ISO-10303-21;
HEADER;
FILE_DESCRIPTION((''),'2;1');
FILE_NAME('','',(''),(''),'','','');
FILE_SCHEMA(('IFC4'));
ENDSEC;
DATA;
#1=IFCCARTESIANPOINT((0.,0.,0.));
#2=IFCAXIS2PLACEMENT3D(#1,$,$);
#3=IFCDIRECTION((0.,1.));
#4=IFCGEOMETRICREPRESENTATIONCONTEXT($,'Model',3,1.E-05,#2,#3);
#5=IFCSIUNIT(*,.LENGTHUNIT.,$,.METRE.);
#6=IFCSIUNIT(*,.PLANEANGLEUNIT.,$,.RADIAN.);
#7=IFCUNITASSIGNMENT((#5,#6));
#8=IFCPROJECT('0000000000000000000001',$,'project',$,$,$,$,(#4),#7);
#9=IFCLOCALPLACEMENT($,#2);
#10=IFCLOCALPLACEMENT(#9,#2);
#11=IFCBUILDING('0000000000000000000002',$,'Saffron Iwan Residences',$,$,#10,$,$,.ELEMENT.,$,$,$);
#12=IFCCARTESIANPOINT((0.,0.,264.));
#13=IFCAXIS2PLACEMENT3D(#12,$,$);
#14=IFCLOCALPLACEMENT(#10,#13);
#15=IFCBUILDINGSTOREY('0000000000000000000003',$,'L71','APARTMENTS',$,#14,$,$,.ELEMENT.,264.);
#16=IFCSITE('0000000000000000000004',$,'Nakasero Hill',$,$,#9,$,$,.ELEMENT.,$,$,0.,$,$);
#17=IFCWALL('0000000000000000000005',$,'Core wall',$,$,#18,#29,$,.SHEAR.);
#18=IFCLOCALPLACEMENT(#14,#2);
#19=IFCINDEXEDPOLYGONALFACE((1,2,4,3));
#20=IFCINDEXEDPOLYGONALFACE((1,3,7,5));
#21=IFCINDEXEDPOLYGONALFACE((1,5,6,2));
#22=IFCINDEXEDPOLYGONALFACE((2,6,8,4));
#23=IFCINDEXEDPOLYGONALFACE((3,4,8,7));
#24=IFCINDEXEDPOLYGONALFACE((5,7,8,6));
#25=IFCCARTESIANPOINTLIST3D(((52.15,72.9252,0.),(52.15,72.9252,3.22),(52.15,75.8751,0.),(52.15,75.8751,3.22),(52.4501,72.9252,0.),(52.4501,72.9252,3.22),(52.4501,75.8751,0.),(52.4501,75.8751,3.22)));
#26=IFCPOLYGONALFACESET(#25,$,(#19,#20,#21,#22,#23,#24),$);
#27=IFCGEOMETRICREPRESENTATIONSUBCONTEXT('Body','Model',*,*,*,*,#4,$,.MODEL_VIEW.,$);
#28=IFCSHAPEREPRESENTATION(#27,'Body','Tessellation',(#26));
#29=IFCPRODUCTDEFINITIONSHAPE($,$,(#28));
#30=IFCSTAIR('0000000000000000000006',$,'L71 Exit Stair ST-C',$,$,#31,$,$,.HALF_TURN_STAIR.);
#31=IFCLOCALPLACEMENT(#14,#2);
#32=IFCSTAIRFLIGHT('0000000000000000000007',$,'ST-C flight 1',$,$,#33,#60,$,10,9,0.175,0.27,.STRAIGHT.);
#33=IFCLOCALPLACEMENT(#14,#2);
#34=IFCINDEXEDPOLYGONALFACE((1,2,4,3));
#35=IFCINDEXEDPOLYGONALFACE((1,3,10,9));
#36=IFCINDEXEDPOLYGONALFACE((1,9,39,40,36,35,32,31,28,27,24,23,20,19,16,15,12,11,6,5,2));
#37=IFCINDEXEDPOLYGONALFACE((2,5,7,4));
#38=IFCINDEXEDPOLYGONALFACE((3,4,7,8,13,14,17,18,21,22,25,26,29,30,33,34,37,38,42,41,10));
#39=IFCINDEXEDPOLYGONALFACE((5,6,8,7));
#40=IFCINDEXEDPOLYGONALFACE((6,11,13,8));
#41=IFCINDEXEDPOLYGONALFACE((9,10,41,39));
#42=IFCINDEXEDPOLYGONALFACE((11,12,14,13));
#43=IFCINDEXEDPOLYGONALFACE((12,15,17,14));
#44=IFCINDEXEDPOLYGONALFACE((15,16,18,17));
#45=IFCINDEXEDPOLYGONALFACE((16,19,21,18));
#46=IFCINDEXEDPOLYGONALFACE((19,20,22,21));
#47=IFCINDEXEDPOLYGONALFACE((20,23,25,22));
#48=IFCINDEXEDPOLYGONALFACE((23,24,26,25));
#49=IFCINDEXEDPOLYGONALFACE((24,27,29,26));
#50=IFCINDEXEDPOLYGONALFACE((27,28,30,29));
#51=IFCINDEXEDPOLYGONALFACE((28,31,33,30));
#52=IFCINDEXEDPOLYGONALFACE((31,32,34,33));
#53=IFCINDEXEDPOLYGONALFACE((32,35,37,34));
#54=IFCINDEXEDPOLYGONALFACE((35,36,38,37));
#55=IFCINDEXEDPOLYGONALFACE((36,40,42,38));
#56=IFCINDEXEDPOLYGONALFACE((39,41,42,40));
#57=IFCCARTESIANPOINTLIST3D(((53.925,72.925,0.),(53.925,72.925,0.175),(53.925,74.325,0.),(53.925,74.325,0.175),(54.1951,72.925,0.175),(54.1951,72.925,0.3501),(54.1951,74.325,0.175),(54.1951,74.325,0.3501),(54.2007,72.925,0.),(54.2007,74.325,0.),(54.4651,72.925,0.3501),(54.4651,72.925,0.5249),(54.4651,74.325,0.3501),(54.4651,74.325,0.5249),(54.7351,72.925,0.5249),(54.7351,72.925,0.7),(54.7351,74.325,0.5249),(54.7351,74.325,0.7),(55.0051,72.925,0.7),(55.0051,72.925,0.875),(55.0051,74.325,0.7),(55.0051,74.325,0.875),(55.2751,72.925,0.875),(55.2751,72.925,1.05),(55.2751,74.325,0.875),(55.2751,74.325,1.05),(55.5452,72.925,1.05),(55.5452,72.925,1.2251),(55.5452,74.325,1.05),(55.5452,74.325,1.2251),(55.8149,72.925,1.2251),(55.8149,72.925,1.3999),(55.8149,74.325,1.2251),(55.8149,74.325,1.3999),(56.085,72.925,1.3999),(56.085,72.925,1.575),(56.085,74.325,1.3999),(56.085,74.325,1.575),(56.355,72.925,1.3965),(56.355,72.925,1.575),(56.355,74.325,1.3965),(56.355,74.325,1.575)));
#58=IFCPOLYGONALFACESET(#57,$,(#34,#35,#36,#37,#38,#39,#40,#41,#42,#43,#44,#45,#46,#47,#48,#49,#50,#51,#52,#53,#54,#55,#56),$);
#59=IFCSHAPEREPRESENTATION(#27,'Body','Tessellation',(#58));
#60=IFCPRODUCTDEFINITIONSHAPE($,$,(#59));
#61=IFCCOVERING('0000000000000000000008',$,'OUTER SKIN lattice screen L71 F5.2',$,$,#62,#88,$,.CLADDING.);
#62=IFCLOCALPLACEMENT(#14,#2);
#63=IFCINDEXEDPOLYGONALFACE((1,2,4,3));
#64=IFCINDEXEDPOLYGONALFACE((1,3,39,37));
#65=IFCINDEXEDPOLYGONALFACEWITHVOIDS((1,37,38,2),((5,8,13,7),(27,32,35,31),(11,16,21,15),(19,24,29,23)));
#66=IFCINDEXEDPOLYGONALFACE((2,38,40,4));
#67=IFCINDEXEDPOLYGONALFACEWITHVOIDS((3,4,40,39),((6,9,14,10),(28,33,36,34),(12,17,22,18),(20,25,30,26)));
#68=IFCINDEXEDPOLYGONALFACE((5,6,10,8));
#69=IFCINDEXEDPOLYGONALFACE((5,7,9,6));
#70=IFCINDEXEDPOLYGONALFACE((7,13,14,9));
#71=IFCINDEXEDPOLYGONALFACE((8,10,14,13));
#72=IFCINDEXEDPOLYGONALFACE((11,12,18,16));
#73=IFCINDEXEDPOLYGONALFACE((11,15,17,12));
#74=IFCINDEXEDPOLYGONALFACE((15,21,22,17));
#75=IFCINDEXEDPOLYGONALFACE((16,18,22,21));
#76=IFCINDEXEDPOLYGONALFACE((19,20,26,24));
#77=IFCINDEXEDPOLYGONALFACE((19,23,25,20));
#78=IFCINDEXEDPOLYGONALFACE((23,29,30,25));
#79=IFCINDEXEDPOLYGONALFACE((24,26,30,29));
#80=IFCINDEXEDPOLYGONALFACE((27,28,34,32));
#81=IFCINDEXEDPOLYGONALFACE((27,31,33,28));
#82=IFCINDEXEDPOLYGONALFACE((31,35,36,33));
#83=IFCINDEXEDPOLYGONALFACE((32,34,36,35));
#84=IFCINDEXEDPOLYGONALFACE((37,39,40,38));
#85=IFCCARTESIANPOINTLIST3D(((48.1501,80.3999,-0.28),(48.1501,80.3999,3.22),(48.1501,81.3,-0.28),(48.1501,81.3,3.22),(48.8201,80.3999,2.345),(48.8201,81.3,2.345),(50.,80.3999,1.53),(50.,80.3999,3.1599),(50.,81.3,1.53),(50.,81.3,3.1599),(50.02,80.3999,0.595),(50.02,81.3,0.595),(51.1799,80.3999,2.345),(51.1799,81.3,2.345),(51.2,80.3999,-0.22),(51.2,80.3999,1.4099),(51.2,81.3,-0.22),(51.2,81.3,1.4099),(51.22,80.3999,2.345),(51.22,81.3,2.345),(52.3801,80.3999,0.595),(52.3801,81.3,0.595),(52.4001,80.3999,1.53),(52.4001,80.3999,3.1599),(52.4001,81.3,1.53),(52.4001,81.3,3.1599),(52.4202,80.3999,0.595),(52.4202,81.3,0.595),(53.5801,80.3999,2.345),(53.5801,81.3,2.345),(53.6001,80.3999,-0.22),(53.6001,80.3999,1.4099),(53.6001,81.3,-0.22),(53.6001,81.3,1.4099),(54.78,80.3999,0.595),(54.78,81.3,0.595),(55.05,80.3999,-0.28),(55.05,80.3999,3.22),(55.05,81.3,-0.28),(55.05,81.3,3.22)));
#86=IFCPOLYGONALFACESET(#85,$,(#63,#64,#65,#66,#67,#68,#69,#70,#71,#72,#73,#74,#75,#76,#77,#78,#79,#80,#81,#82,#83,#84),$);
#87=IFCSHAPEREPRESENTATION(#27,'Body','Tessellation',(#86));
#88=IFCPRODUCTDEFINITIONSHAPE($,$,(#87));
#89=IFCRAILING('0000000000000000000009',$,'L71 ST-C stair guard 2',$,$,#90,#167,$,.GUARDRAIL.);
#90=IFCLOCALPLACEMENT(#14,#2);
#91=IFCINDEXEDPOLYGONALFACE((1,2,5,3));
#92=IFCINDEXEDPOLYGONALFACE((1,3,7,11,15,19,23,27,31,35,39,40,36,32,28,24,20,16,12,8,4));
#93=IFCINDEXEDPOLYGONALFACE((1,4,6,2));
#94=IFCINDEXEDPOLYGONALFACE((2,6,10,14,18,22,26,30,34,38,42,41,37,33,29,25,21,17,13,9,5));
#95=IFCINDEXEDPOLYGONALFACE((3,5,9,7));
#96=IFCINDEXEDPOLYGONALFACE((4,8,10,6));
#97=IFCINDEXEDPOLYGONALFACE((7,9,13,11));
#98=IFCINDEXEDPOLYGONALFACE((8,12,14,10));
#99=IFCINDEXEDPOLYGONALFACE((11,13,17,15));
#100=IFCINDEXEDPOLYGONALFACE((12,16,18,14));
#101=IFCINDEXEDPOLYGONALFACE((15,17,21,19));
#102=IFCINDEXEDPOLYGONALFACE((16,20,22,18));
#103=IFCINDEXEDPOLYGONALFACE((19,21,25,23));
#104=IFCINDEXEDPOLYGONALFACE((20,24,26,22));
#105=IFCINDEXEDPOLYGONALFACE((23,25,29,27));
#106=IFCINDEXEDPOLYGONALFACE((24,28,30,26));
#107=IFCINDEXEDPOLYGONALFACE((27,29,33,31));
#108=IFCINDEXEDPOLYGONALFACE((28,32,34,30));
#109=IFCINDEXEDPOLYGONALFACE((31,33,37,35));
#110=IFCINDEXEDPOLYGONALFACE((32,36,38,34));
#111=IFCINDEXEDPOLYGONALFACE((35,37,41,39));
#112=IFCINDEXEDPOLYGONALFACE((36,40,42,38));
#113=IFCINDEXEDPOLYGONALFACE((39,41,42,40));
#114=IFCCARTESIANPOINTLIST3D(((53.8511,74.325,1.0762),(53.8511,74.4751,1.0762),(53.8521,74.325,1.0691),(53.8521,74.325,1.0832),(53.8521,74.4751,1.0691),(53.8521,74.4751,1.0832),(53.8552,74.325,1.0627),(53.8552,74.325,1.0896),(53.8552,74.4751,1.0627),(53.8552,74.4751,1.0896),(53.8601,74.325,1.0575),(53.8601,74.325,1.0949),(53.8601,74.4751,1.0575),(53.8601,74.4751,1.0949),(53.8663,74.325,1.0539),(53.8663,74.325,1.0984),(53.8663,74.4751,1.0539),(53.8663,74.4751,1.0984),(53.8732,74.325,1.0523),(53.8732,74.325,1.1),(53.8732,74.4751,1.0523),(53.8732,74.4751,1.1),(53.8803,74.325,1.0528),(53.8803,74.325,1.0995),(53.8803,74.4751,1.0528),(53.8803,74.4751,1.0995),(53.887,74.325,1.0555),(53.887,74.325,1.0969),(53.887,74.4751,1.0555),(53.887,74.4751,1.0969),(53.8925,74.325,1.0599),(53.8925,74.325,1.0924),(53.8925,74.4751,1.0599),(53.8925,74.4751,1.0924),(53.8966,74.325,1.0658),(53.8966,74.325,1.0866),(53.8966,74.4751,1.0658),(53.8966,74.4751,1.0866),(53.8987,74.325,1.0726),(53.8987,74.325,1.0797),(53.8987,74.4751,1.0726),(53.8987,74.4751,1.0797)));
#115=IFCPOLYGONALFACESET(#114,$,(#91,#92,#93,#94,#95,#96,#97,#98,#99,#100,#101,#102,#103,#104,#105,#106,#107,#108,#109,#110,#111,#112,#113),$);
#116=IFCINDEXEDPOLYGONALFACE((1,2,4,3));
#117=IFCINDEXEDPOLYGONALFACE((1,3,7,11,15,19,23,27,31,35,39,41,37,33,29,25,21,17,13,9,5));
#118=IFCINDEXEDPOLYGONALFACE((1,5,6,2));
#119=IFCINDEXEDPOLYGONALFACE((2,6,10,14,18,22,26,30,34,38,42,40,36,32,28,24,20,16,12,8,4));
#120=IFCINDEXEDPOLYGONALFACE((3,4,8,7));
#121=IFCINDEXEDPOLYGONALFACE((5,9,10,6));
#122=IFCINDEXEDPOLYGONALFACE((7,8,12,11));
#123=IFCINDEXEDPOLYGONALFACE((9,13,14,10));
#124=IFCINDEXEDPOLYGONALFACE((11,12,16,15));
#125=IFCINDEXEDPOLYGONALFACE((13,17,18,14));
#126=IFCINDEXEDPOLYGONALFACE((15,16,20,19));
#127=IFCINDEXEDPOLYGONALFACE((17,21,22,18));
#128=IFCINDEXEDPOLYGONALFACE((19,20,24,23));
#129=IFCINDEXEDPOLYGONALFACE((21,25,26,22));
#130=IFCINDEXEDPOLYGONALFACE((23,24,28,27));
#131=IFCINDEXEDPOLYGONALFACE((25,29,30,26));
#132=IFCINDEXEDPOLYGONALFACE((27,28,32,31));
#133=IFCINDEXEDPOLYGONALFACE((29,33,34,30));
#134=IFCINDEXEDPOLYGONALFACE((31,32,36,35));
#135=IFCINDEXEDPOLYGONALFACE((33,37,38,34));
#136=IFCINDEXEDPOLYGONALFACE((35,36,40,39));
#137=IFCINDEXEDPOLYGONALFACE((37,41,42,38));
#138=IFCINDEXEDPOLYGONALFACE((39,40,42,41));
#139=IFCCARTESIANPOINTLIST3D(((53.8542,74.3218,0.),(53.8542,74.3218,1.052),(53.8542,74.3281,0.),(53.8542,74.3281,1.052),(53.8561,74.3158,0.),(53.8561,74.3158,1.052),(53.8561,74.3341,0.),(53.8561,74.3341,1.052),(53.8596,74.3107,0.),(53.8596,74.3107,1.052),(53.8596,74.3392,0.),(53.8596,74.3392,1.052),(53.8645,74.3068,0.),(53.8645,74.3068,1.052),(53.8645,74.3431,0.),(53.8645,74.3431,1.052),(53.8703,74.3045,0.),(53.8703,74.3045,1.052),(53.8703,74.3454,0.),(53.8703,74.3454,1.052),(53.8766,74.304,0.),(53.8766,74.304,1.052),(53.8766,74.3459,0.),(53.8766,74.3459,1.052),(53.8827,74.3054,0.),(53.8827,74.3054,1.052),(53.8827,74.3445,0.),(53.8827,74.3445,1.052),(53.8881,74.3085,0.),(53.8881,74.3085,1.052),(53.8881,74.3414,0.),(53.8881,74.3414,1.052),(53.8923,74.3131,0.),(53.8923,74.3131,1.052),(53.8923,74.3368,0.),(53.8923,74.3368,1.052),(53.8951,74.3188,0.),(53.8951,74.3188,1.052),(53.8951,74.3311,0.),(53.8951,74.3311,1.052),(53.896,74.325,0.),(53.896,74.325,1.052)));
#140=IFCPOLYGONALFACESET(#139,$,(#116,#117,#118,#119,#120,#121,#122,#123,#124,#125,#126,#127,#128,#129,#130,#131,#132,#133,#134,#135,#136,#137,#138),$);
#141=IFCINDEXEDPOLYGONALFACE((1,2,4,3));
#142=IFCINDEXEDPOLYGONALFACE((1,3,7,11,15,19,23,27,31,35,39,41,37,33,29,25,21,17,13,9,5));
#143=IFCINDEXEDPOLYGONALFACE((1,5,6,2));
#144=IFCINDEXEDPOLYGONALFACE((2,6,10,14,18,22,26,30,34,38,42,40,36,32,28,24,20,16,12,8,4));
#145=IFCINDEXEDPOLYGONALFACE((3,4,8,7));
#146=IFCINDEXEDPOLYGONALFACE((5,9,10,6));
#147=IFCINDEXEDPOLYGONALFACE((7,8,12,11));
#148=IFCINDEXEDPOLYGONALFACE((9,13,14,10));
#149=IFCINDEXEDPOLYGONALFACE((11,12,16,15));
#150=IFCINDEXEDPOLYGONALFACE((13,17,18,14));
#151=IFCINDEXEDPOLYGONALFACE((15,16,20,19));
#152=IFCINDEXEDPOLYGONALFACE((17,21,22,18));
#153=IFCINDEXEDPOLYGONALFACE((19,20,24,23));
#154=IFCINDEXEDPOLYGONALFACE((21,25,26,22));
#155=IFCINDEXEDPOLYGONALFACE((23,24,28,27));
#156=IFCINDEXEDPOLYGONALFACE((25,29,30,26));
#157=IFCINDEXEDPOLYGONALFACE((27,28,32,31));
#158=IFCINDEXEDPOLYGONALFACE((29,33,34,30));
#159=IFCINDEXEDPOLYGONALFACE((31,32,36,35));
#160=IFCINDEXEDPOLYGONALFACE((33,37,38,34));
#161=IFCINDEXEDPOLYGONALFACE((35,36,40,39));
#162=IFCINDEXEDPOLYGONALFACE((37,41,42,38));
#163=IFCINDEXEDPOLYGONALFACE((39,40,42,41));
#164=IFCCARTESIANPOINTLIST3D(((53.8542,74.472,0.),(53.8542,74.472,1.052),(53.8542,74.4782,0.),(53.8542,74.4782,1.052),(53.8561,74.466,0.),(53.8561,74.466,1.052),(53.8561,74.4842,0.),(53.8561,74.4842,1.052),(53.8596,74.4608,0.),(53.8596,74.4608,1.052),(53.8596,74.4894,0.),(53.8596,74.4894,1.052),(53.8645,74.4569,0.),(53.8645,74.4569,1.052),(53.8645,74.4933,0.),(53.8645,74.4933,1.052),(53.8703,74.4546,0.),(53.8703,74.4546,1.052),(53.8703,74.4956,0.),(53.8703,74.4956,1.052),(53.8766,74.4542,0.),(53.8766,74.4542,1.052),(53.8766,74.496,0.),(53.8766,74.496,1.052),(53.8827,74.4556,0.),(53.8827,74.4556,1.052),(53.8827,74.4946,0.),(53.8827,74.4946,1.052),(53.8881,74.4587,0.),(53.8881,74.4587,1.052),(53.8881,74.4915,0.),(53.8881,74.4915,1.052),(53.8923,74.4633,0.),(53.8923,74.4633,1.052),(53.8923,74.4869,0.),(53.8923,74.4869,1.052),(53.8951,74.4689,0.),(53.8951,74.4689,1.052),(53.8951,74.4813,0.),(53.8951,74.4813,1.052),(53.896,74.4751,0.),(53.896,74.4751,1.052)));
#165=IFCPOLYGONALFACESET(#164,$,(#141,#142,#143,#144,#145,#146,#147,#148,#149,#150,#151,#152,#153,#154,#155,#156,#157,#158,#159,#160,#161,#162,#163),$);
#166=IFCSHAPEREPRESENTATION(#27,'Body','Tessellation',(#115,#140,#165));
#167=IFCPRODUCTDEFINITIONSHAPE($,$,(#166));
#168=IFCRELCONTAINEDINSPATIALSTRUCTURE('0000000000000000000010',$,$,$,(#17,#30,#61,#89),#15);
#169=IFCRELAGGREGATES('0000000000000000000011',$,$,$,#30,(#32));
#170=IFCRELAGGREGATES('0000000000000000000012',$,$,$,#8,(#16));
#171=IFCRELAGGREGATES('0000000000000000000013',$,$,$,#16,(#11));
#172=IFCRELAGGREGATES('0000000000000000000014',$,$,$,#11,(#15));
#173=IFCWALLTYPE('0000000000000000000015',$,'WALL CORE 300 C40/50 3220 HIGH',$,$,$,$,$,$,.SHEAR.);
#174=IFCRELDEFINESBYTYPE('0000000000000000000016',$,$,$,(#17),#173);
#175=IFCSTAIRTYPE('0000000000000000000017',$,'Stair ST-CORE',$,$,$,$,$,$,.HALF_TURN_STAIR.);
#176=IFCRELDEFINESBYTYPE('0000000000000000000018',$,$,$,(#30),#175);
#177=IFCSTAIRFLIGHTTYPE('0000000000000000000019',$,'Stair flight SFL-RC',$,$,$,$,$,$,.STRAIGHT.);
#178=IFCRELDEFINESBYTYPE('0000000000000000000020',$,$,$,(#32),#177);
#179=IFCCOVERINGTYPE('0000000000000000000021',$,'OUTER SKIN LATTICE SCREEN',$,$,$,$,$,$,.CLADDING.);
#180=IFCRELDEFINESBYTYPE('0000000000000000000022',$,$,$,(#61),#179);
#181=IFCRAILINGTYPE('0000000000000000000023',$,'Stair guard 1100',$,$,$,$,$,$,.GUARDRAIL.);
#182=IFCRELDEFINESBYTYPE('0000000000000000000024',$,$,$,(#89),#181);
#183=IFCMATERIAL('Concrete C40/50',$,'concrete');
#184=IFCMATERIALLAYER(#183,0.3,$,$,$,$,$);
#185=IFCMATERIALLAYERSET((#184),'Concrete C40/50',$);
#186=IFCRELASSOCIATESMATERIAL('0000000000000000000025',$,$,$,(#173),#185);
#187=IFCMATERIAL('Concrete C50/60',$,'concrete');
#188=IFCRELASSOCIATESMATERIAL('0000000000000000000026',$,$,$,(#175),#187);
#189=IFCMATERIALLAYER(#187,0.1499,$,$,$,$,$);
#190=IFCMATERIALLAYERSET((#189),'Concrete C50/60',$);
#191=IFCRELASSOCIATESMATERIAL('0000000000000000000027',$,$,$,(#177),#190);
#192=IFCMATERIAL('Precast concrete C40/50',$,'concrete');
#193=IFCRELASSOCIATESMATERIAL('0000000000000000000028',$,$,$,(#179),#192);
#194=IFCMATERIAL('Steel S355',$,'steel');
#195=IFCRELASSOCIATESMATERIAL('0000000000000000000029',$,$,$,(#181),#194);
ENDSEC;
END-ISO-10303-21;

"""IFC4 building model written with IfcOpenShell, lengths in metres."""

from ifc_helpers import new_model, si_unit, direction, frame, frame_2d, origin, origin_2d, place, context, subcontext, project, spatial, polyline, rectangle, circle, outline, extrude, material, layer, layer_set, type_object, element, aggregate, save


model = new_model("IFC4")

# Units and contexts
model_context = context("Model", 3, precision=1e-05, world=origin(), true_north=direction((0.0, 1.0)))
body_context = subcontext(model_context, "Body", "Model", "MODEL_VIEW")
ifc_project = project(units=[si_unit("LENGTHUNIT", "METRE"), si_unit("PLANEANGLEUNIT", "RADIAN")], contexts=[model_context])

# Site, building, storey
site_placement = place(None, origin())
site = spatial("IfcSite", under=ifc_project, at=site_placement, Name="Nakasero Hill", CompositionType="ELEMENT", RefElevation=0.0)
building_placement = place(site_placement, origin())
building = spatial("IfcBuilding", under=site, at=building_placement, Name="Saffron Iwan Residences", CompositionType="ELEMENT")
storey_placement = place(building_placement, frame((0.0, 0.0, 264.0)))
storey = spatial("IfcBuildingStorey", under=building, at=storey_placement, Name="L71", Description="APARTMENTS", CompositionType="ELEMENT", Elevation=264.0)

# Shared definitions
ifc_material_1 = material(Name="Concrete C40/50", Category="concrete")

# Wall
ifc_layer_1 = layer(ifc_material_1, 0.3)
ifc_layer_set_1 = layer_set([ifc_layer_1], Name="Concrete C40/50")
wall_type_1 = type_object("IfcWallType", Name="WALL CORE 300 C40/50 3220 HIGH", PredefinedType="SHEAR", material=ifc_layer_set_1)
for number, where, z_axis, x_axis, name in (
    (1, (52.3, 72.925, 0.0), (0.0, 0.0, 1.0), (0.0, 1.0, 0.0), "Core wall"),
):
    element("IfcWall", number, at=place(storey_placement, frame(where, z_axis=z_axis, x_axis=x_axis)), inside=storey, type_object=wall_type_1, Name=name, PredefinedType="SHEAR", context=body_context, shape_type="SweptSolid", body=[
        extrude(rectangle(XDim=2.95, YDim=0.3, at=frame_2d((1.4751, 0.0))), origin(), (0.0, 0.0, 1.0), 3.22),
    ])

# Stair, stair flight
ifc_material_2 = material(Name="Concrete C50/60", Category="concrete")
stair_type = type_object("IfcStairType", Name="Stair ST-CORE", PredefinedType="HALF_TURN_STAIR", material=ifc_material_2)
stair_placement = place(storey_placement, origin())
stair = element("IfcStair", 2, at=stair_placement, inside=storey, type_object=stair_type, Name="L71 Exit Stair ST-C", PredefinedType="HALF_TURN_STAIR")
ifc_layer_2 = layer(ifc_material_2, 0.1499)
ifc_layer_set_2 = layer_set([ifc_layer_2], Name="Concrete C50/60")
stair_flight_type = type_object("IfcStairFlightType", Name="Stair flight SFL-RC", PredefinedType="STRAIGHT", material=ifc_layer_set_2)
stair_flight_placement = place(storey_placement, frame((53.925, 73.625, 0.0), z_axis=(0.0, 0.0, 1.0), x_axis=(1.0, 0.0, 0.0)))
stair_flight = element("IfcStairFlight", 3, at=stair_flight_placement, type_object=stair_flight_type, Name="ST-C flight 1", NumberOfRisers=10, NumberOfTreads=9, PredefinedType="STRAIGHT", RiserHeight=0.175, TreadLength=0.27, context=body_context, shape_type="SweptSolid", body=[
    extrude(outline(polyline([(0.0, 0.0), (0.0, 0.175), (0.27, 0.175), (0.27, 0.3501), (0.54, 0.3501), (0.54, 0.5249), (0.8101, 0.5249), (0.8101, 0.7), (1.0801, 0.7), (1.0801, 0.875), (1.3501, 0.875), (1.3501, 1.05), (1.6201, 1.05), (1.6201, 1.2251), (1.8899, 1.2251), (1.8899, 1.3999), (2.1599, 1.3999), (2.1599, 1.575), (2.4299, 1.575), (2.4299, 1.75), (2.4299, 1.3965), (0.2756, 0.0), (0.0, 0.0)])), frame((0.0, 0.7, 0.0), z_axis=(0.0, -1.0, 0.0), x_axis=(1.0, 0.0, 0.0)), (0.0, 0.0, 1.0), 1.3999),
])
aggregate(stair, [stair_flight])

# Covering
ifc_material_3 = material(Name="Precast concrete C40/50", Category="concrete")
covering_type_1 = type_object("IfcCoveringType", Name="OUTER SKIN LATTICE SCREEN", PredefinedType="CLADDING", material=ifc_material_3)
covering_1_placement = place(storey_placement, frame((55.05, 80.3999, -0.28), z_axis=(0.0, 1.0, 0.0), x_axis=(-1.0, 0.0, 0.0)))
element("IfcCovering", 4, at=covering_1_placement, inside=storey, type_object=covering_type_1, Name="OUTER SKIN lattice screen L71 F5.2", PredefinedType="CLADDING", context=body_context, shape_type="SweptSolid", body=[
    extrude(outline(polyline([(0.0, 0.0), (6.8999, 0.0), (6.8999, 3.5), (0.0, 3.5), (0.0, 0.0)]), holes=[polyline([(0.27, 0.875), (1.45, 0.0601), (2.6299, 0.875), (1.45, 1.6899), (0.27, 0.875)]), polyline([(2.6699, 0.875), (3.8501, 0.0601), (5.03, 0.875), (3.8501, 1.6899), (2.6699, 0.875)]), polyline([(1.47, 2.625), (2.6499, 1.8101), (3.8301, 2.625), (2.6499, 3.4399), (1.47, 2.625)]), polyline([(3.8701, 2.625), (5.05, 1.8101), (6.23, 2.625), (5.05, 3.4399), (3.8701, 2.625)])]), origin(), (0.0, 0.0, 1.0), 0.9001),
])

# Railing
ifc_material_4 = material(Name="Steel S355", Category="steel")
railing_type_1 = type_object("IfcRailingType", Name="Stair guard 1100", PredefinedType="GUARDRAIL", material=ifc_material_4)
railing_1_placement = place(storey_placement, frame((53.875, 74.325, 0.0)))
element("IfcRailing", 5, at=railing_1_placement, inside=storey, type_object=railing_type_1, Name="L71 ST-C stair guard 2", PredefinedType="GUARDRAIL", context=body_context, shape_type="SweptSolid", body=[
    extrude(circle(Radius=0.0239, at=origin_2d()), frame((0.0, 0.0, 1.0762), z_axis=(0.0, 1.0, 0.0), x_axis=(-1.0, 0.0, 0.0)), (0.0, 0.0, 1.0), 0.1501),
    extrude(circle(Radius=0.021, at=origin_2d()), origin(), (0.0, 0.0, 1.0), 1.052),
    extrude(circle(Radius=0.021, at=origin_2d()), frame((0.0, 0.1501, 0.0)), (0.0, 0.0, 1.0), 1.052),
])

save(model, "model.ifc")
